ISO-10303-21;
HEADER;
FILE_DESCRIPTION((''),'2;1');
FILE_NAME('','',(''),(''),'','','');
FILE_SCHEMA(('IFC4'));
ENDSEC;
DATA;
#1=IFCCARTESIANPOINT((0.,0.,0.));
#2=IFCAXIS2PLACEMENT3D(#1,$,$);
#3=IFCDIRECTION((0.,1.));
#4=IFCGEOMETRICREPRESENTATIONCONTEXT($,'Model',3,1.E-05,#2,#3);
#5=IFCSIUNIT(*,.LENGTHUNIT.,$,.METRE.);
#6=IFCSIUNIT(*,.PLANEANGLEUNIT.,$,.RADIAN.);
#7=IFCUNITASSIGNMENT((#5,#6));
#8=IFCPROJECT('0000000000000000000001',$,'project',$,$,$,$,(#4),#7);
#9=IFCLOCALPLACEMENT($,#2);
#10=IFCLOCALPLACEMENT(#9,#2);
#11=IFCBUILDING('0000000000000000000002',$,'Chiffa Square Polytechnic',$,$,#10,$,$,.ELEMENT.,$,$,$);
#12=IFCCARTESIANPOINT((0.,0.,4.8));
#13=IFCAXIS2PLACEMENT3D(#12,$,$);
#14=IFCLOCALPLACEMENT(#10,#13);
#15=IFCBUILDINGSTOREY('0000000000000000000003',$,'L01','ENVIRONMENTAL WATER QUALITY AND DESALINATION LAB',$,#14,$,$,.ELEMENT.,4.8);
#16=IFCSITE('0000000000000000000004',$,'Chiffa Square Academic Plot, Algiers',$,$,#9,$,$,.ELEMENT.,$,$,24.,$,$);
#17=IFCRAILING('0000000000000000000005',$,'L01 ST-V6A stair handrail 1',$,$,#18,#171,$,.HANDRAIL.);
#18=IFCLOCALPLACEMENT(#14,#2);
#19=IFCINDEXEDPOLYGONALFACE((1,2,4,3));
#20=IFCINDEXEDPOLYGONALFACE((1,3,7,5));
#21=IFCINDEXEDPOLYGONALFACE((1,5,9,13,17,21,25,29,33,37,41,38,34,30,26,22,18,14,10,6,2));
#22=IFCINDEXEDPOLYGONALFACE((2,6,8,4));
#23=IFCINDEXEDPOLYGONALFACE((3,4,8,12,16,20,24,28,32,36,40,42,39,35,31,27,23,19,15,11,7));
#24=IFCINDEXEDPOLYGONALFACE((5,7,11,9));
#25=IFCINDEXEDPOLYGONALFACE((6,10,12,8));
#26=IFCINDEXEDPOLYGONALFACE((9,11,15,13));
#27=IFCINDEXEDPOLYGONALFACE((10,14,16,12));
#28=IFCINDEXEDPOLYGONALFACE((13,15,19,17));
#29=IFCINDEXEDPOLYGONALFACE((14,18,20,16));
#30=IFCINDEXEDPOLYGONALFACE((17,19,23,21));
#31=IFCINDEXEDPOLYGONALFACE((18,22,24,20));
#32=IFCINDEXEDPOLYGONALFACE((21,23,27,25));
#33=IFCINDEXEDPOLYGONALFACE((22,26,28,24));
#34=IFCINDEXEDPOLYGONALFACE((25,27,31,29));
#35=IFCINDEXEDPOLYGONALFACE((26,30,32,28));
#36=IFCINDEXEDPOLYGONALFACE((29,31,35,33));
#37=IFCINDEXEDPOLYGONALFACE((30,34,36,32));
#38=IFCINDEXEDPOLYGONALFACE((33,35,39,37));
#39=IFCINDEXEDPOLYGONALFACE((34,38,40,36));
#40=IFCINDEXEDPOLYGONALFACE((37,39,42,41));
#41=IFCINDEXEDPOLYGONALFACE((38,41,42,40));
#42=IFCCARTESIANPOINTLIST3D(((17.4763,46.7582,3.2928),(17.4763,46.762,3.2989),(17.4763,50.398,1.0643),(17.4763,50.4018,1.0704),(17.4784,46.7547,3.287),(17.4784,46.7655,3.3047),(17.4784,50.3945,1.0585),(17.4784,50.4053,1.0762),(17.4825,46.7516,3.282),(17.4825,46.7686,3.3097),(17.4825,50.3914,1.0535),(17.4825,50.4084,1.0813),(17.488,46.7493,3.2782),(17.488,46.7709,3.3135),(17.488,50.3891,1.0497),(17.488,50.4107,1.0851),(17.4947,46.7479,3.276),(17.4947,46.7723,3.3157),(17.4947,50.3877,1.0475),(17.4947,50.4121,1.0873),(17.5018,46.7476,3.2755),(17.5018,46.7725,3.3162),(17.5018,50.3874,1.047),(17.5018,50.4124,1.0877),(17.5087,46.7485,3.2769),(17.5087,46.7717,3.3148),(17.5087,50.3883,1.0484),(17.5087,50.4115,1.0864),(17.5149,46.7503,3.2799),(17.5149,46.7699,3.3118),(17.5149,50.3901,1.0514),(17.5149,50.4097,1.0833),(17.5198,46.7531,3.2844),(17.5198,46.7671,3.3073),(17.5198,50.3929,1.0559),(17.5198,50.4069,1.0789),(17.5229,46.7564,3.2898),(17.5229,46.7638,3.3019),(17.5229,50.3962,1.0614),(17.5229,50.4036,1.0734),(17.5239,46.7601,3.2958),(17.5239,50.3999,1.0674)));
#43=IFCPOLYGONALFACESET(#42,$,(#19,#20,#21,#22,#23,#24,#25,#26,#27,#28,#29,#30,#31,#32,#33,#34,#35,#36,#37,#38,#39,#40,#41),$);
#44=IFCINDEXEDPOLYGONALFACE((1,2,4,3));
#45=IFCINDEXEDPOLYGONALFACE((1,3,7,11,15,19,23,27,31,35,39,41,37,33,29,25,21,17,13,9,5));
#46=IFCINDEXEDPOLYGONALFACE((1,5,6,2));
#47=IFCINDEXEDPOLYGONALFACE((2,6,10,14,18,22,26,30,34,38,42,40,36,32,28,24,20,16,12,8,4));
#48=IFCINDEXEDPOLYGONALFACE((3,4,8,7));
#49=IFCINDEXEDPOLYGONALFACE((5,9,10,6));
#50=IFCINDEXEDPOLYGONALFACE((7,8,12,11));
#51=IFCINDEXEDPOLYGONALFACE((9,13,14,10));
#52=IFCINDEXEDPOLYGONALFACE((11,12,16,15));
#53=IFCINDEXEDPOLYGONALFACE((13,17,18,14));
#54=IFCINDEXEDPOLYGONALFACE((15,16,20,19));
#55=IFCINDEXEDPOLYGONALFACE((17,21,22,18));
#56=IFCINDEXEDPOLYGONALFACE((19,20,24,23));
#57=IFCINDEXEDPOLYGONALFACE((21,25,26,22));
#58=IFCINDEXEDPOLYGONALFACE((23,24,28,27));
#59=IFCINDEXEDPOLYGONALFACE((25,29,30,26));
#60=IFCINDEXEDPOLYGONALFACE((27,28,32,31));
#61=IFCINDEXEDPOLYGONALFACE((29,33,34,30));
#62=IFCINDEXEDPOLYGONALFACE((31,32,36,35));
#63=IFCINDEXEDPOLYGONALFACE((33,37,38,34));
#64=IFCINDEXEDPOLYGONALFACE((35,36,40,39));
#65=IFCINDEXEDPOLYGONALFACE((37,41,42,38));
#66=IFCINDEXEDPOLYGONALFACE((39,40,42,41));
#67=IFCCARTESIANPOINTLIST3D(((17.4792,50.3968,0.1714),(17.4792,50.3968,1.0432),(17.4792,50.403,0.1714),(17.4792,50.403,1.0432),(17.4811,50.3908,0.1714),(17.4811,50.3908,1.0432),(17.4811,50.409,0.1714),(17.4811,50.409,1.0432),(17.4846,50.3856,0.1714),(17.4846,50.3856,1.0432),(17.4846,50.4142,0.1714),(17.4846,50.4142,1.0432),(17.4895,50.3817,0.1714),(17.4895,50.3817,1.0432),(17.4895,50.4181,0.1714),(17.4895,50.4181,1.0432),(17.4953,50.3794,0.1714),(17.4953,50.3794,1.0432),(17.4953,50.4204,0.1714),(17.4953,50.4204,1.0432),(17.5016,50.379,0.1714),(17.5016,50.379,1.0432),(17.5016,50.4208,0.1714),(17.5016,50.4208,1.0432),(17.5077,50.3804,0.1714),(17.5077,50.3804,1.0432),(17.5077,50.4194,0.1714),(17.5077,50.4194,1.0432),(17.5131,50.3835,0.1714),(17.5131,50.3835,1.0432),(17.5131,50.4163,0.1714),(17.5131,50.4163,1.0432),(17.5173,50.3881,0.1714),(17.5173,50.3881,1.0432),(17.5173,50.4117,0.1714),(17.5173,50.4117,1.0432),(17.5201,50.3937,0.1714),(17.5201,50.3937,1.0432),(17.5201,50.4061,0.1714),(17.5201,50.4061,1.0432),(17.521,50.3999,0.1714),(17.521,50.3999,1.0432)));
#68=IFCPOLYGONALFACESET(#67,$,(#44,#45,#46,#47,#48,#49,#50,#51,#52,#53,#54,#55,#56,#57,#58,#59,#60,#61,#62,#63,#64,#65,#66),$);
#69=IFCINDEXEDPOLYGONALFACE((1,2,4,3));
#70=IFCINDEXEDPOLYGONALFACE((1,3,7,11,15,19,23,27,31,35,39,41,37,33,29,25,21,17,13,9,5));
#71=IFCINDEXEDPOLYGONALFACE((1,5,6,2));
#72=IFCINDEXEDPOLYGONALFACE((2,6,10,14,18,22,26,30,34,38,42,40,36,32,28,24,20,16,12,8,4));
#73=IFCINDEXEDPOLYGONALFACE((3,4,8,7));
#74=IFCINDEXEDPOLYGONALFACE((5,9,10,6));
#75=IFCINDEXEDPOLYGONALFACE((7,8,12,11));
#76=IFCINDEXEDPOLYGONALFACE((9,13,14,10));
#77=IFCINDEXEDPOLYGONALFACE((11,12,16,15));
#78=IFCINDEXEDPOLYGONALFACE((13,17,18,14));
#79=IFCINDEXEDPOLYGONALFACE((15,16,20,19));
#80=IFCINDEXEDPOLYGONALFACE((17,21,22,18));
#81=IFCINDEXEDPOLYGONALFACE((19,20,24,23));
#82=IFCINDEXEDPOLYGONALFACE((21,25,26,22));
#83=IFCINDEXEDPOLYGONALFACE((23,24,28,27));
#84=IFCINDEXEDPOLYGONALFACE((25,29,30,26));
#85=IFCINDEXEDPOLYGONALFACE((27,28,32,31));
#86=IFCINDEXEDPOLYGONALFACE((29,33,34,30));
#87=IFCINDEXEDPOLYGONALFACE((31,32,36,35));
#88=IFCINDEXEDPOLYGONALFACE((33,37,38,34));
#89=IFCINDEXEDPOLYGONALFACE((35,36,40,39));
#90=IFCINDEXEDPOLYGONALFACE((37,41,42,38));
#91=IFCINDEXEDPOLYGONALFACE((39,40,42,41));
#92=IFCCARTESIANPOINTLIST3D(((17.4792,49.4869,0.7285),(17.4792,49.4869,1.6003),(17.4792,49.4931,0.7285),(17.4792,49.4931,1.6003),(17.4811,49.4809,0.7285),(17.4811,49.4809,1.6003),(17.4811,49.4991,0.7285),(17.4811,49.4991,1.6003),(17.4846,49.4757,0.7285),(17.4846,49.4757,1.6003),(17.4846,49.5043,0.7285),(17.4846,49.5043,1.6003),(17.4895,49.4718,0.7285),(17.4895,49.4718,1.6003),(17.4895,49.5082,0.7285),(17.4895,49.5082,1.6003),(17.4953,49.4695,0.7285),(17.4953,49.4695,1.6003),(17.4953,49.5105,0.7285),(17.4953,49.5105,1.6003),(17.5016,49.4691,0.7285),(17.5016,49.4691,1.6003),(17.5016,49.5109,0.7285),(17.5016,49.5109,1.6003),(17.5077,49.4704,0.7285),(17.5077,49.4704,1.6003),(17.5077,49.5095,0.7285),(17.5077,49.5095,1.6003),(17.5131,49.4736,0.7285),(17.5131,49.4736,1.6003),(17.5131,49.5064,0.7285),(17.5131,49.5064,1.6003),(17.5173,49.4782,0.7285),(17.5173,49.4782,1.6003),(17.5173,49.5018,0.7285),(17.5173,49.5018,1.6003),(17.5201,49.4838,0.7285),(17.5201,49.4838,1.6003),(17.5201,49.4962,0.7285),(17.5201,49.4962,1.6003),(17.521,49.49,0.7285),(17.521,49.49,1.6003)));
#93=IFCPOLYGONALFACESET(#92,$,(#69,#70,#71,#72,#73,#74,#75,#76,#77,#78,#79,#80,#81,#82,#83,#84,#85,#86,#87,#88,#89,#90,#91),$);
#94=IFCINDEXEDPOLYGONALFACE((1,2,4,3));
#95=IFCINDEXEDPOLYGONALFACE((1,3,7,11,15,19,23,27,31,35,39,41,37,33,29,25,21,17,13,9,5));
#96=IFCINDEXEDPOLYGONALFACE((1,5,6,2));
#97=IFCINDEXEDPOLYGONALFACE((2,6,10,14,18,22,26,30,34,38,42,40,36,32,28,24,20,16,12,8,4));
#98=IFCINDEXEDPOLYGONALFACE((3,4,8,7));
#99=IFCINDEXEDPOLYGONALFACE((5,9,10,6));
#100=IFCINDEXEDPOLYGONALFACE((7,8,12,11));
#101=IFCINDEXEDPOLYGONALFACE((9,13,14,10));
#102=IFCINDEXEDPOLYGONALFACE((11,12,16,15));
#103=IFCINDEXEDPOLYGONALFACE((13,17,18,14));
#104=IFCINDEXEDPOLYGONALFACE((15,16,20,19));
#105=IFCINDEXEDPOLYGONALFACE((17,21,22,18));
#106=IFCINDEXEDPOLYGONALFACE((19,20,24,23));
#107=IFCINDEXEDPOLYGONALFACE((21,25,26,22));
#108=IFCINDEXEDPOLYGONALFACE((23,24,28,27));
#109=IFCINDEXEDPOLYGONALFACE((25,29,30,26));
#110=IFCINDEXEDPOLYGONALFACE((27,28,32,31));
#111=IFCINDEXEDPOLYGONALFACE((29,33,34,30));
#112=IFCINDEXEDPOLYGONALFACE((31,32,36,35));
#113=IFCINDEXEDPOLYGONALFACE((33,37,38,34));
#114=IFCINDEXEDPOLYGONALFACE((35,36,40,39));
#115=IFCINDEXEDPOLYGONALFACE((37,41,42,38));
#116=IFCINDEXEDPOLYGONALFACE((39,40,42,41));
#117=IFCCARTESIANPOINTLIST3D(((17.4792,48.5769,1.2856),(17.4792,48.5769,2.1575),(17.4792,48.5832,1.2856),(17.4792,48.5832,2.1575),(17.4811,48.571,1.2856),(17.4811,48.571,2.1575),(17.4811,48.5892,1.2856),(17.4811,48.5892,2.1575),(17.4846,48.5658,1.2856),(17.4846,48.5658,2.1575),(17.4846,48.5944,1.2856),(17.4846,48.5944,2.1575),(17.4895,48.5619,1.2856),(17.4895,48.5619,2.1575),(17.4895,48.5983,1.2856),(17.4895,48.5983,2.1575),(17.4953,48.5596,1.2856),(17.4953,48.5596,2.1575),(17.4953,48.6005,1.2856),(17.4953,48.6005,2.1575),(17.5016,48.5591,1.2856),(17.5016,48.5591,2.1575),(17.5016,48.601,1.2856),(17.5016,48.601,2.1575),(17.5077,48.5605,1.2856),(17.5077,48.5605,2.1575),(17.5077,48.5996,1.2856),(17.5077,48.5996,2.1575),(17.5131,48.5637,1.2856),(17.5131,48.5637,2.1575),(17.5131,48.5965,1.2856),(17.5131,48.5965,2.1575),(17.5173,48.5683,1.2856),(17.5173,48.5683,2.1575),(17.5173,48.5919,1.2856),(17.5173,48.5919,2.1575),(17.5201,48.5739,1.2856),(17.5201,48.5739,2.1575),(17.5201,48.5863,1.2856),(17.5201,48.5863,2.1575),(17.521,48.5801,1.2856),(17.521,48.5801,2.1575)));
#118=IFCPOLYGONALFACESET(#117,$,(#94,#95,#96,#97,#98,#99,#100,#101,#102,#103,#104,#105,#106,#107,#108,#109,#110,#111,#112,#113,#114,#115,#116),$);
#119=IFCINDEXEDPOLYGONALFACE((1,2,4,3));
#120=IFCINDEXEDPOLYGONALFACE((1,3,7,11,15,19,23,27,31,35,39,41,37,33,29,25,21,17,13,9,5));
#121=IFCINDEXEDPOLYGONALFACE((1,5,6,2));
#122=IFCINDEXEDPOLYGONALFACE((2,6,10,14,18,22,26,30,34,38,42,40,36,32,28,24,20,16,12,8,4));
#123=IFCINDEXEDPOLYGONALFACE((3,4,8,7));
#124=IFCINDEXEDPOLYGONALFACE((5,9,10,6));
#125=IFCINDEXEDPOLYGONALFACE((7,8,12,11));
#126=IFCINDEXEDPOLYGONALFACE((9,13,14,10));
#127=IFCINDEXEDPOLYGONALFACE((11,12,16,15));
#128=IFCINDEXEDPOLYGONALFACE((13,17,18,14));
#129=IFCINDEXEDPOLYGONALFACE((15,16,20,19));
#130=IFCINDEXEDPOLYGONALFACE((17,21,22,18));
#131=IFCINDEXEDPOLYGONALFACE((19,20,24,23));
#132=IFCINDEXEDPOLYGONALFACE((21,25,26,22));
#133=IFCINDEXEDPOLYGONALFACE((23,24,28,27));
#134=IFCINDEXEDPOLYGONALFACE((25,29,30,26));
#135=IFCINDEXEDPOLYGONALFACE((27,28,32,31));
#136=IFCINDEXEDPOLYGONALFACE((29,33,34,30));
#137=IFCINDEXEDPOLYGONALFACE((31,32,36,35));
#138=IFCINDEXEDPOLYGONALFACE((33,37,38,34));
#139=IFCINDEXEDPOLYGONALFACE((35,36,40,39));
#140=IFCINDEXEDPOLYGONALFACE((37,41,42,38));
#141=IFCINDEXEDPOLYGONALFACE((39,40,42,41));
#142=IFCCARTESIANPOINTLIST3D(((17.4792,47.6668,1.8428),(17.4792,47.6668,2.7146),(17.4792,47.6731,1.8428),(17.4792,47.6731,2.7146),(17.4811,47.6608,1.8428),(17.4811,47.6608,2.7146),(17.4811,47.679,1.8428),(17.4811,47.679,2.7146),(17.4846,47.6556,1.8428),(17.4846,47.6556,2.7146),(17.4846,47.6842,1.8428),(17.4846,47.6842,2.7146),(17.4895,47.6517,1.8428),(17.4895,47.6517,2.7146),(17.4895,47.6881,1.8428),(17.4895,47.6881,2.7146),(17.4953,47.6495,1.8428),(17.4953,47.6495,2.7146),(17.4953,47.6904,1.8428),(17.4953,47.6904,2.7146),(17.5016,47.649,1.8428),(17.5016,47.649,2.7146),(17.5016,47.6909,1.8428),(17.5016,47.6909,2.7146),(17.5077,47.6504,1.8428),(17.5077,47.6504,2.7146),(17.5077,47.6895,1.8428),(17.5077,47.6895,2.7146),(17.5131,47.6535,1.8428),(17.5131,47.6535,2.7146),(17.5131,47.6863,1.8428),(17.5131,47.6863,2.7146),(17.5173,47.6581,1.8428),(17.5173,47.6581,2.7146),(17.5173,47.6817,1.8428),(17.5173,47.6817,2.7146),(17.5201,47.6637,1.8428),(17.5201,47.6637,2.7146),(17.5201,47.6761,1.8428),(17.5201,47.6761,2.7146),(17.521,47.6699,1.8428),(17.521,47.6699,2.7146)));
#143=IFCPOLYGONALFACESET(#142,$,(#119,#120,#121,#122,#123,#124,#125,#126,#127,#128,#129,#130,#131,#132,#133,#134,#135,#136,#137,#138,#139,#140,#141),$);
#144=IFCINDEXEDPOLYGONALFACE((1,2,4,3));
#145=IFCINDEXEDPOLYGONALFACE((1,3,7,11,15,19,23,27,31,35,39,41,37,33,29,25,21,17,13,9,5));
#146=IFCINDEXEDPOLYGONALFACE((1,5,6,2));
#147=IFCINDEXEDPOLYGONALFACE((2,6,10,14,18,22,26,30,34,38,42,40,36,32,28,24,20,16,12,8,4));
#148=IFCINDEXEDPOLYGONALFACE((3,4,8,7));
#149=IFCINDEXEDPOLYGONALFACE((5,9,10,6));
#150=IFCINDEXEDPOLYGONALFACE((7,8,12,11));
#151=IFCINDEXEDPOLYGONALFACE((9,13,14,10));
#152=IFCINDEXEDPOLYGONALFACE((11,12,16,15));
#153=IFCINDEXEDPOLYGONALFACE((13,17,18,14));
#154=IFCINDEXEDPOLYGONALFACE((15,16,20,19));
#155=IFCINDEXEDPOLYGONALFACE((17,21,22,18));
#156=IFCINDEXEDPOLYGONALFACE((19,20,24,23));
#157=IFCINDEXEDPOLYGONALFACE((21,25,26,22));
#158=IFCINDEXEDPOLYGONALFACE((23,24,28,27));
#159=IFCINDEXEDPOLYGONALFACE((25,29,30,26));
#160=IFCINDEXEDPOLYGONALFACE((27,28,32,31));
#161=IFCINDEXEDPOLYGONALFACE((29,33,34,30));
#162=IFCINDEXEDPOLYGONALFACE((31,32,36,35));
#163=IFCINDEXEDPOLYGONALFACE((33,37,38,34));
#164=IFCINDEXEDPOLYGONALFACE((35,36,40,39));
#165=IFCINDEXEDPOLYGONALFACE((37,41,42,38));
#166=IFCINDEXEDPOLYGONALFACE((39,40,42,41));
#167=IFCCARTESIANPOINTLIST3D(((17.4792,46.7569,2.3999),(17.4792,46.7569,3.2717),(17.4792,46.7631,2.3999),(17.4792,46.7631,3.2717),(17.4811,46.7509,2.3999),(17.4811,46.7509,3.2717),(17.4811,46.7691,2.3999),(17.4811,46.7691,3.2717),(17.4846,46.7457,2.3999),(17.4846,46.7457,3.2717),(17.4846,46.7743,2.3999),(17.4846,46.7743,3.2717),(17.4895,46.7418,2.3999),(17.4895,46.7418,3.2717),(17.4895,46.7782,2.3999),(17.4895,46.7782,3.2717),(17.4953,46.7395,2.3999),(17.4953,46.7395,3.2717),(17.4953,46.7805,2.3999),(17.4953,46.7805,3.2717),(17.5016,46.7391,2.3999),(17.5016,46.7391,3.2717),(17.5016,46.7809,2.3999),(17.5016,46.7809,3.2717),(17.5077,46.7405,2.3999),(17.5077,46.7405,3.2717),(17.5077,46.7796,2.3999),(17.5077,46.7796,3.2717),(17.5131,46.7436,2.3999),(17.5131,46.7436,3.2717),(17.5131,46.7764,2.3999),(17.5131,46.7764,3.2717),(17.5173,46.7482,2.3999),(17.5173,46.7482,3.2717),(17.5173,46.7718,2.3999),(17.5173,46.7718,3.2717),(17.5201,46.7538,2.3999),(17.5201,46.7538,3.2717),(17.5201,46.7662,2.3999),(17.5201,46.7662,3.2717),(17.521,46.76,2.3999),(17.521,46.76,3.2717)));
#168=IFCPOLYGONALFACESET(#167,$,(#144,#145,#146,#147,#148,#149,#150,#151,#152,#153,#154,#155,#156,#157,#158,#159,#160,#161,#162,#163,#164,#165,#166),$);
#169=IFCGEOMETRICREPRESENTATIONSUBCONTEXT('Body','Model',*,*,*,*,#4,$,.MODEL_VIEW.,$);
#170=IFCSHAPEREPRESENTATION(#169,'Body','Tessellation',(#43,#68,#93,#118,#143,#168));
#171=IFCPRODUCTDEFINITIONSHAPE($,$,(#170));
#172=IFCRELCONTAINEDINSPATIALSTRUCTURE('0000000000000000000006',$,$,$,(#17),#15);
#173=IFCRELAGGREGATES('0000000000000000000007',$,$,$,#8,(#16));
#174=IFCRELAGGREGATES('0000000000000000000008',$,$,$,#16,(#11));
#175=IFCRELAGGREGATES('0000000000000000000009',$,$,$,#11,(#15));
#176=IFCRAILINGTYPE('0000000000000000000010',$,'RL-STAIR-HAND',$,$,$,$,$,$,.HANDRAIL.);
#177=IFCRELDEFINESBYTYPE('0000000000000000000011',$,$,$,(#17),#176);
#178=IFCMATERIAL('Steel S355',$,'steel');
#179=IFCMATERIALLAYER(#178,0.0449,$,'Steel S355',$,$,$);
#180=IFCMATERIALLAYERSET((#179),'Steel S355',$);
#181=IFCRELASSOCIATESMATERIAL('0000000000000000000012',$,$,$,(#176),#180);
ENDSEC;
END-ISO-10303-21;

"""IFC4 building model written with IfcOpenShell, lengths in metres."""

from ifc_helpers import new_model, si_unit, direction, frame, origin, origin_2d, place, context, subcontext, project, spatial, circle, extrude, material, layer, layer_set, type_object, element, save


model = new_model("IFC4")

# Units and contexts
model_context = context("Model", 3, precision=1e-05, world=origin(), true_north=direction((0.0, 1.0)))
body_context = subcontext(model_context, "Body", "Model", "MODEL_VIEW")
ifc_project = project(units=[si_unit("LENGTHUNIT", "METRE"), si_unit("PLANEANGLEUNIT", "RADIAN")], contexts=[model_context])

# Site, building, storey
site_placement = place(None, origin())
site = spatial("IfcSite", under=ifc_project, at=site_placement, Name="Chiffa Square Academic Plot, Algiers", CompositionType="ELEMENT", RefElevation=24.0)
building_placement = place(site_placement, origin())
building = spatial("IfcBuilding", under=site, at=building_placement, Name="Chiffa Square Polytechnic", CompositionType="ELEMENT")
storey_placement = place(building_placement, frame((0.0, 0.0, 4.8)))
storey = spatial("IfcBuildingStorey", under=building, at=storey_placement, Name="L01", Description="ENVIRONMENTAL WATER QUALITY AND DESALINATION LAB", CompositionType="ELEMENT", Elevation=4.8)

# Railing
ifc_material_1 = material(Name="Steel S355", Category="steel")
ifc_layer_1 = layer(ifc_material_1, 0.0449, Name="Steel S355")
ifc_layer_set_1 = layer_set([ifc_layer_1], Name="Steel S355")
railing_type_1 = type_object("IfcRailingType", Name="RL-STAIR-HAND", PredefinedType="HANDRAIL", material=ifc_layer_set_1)
railing_1_placement = place(storey_placement, frame((17.5, 50.3999, 0.1714)))
element("IfcRailing", 1, at=railing_1_placement, inside=storey, type_object=railing_type_1, Name="L01 ST-V6A stair handrail 1", PredefinedType="HANDRAIL", context=body_context, shape_type="SweptSolid", body=[
    extrude(circle(Radius=0.0239, at=origin_2d()), frame((0.0, 0.0, 0.896), z_axis=(0.0, -0.85285, 0.522156), x_axis=(1.0, 0.0, 0.0)), (0.0, 0.0, 1.0), 4.2678),
    extrude(circle(Radius=0.021, at=origin_2d()), origin(), (0.0, 0.0, 1.0), 0.8718),
    extrude(circle(Radius=0.021, at=origin_2d()), frame((0.0, -0.9099, 0.5571)), (0.0, 0.0, 1.0), 0.8718),
    extrude(circle(Radius=0.021, at=origin_2d()), frame((0.0, -1.8198, 1.1143)), (0.0, 0.0, 1.0), 0.8718),
    extrude(circle(Radius=0.021, at=origin_2d()), frame((0.0, -2.73, 1.6714)), (0.0, 0.0, 1.0), 0.8718),
    extrude(circle(Radius=0.021, at=origin_2d()), frame((0.0, -3.6399, 2.2285)), (0.0, 0.0, 1.0), 0.8718),
])

save(model, "model.ifc")
